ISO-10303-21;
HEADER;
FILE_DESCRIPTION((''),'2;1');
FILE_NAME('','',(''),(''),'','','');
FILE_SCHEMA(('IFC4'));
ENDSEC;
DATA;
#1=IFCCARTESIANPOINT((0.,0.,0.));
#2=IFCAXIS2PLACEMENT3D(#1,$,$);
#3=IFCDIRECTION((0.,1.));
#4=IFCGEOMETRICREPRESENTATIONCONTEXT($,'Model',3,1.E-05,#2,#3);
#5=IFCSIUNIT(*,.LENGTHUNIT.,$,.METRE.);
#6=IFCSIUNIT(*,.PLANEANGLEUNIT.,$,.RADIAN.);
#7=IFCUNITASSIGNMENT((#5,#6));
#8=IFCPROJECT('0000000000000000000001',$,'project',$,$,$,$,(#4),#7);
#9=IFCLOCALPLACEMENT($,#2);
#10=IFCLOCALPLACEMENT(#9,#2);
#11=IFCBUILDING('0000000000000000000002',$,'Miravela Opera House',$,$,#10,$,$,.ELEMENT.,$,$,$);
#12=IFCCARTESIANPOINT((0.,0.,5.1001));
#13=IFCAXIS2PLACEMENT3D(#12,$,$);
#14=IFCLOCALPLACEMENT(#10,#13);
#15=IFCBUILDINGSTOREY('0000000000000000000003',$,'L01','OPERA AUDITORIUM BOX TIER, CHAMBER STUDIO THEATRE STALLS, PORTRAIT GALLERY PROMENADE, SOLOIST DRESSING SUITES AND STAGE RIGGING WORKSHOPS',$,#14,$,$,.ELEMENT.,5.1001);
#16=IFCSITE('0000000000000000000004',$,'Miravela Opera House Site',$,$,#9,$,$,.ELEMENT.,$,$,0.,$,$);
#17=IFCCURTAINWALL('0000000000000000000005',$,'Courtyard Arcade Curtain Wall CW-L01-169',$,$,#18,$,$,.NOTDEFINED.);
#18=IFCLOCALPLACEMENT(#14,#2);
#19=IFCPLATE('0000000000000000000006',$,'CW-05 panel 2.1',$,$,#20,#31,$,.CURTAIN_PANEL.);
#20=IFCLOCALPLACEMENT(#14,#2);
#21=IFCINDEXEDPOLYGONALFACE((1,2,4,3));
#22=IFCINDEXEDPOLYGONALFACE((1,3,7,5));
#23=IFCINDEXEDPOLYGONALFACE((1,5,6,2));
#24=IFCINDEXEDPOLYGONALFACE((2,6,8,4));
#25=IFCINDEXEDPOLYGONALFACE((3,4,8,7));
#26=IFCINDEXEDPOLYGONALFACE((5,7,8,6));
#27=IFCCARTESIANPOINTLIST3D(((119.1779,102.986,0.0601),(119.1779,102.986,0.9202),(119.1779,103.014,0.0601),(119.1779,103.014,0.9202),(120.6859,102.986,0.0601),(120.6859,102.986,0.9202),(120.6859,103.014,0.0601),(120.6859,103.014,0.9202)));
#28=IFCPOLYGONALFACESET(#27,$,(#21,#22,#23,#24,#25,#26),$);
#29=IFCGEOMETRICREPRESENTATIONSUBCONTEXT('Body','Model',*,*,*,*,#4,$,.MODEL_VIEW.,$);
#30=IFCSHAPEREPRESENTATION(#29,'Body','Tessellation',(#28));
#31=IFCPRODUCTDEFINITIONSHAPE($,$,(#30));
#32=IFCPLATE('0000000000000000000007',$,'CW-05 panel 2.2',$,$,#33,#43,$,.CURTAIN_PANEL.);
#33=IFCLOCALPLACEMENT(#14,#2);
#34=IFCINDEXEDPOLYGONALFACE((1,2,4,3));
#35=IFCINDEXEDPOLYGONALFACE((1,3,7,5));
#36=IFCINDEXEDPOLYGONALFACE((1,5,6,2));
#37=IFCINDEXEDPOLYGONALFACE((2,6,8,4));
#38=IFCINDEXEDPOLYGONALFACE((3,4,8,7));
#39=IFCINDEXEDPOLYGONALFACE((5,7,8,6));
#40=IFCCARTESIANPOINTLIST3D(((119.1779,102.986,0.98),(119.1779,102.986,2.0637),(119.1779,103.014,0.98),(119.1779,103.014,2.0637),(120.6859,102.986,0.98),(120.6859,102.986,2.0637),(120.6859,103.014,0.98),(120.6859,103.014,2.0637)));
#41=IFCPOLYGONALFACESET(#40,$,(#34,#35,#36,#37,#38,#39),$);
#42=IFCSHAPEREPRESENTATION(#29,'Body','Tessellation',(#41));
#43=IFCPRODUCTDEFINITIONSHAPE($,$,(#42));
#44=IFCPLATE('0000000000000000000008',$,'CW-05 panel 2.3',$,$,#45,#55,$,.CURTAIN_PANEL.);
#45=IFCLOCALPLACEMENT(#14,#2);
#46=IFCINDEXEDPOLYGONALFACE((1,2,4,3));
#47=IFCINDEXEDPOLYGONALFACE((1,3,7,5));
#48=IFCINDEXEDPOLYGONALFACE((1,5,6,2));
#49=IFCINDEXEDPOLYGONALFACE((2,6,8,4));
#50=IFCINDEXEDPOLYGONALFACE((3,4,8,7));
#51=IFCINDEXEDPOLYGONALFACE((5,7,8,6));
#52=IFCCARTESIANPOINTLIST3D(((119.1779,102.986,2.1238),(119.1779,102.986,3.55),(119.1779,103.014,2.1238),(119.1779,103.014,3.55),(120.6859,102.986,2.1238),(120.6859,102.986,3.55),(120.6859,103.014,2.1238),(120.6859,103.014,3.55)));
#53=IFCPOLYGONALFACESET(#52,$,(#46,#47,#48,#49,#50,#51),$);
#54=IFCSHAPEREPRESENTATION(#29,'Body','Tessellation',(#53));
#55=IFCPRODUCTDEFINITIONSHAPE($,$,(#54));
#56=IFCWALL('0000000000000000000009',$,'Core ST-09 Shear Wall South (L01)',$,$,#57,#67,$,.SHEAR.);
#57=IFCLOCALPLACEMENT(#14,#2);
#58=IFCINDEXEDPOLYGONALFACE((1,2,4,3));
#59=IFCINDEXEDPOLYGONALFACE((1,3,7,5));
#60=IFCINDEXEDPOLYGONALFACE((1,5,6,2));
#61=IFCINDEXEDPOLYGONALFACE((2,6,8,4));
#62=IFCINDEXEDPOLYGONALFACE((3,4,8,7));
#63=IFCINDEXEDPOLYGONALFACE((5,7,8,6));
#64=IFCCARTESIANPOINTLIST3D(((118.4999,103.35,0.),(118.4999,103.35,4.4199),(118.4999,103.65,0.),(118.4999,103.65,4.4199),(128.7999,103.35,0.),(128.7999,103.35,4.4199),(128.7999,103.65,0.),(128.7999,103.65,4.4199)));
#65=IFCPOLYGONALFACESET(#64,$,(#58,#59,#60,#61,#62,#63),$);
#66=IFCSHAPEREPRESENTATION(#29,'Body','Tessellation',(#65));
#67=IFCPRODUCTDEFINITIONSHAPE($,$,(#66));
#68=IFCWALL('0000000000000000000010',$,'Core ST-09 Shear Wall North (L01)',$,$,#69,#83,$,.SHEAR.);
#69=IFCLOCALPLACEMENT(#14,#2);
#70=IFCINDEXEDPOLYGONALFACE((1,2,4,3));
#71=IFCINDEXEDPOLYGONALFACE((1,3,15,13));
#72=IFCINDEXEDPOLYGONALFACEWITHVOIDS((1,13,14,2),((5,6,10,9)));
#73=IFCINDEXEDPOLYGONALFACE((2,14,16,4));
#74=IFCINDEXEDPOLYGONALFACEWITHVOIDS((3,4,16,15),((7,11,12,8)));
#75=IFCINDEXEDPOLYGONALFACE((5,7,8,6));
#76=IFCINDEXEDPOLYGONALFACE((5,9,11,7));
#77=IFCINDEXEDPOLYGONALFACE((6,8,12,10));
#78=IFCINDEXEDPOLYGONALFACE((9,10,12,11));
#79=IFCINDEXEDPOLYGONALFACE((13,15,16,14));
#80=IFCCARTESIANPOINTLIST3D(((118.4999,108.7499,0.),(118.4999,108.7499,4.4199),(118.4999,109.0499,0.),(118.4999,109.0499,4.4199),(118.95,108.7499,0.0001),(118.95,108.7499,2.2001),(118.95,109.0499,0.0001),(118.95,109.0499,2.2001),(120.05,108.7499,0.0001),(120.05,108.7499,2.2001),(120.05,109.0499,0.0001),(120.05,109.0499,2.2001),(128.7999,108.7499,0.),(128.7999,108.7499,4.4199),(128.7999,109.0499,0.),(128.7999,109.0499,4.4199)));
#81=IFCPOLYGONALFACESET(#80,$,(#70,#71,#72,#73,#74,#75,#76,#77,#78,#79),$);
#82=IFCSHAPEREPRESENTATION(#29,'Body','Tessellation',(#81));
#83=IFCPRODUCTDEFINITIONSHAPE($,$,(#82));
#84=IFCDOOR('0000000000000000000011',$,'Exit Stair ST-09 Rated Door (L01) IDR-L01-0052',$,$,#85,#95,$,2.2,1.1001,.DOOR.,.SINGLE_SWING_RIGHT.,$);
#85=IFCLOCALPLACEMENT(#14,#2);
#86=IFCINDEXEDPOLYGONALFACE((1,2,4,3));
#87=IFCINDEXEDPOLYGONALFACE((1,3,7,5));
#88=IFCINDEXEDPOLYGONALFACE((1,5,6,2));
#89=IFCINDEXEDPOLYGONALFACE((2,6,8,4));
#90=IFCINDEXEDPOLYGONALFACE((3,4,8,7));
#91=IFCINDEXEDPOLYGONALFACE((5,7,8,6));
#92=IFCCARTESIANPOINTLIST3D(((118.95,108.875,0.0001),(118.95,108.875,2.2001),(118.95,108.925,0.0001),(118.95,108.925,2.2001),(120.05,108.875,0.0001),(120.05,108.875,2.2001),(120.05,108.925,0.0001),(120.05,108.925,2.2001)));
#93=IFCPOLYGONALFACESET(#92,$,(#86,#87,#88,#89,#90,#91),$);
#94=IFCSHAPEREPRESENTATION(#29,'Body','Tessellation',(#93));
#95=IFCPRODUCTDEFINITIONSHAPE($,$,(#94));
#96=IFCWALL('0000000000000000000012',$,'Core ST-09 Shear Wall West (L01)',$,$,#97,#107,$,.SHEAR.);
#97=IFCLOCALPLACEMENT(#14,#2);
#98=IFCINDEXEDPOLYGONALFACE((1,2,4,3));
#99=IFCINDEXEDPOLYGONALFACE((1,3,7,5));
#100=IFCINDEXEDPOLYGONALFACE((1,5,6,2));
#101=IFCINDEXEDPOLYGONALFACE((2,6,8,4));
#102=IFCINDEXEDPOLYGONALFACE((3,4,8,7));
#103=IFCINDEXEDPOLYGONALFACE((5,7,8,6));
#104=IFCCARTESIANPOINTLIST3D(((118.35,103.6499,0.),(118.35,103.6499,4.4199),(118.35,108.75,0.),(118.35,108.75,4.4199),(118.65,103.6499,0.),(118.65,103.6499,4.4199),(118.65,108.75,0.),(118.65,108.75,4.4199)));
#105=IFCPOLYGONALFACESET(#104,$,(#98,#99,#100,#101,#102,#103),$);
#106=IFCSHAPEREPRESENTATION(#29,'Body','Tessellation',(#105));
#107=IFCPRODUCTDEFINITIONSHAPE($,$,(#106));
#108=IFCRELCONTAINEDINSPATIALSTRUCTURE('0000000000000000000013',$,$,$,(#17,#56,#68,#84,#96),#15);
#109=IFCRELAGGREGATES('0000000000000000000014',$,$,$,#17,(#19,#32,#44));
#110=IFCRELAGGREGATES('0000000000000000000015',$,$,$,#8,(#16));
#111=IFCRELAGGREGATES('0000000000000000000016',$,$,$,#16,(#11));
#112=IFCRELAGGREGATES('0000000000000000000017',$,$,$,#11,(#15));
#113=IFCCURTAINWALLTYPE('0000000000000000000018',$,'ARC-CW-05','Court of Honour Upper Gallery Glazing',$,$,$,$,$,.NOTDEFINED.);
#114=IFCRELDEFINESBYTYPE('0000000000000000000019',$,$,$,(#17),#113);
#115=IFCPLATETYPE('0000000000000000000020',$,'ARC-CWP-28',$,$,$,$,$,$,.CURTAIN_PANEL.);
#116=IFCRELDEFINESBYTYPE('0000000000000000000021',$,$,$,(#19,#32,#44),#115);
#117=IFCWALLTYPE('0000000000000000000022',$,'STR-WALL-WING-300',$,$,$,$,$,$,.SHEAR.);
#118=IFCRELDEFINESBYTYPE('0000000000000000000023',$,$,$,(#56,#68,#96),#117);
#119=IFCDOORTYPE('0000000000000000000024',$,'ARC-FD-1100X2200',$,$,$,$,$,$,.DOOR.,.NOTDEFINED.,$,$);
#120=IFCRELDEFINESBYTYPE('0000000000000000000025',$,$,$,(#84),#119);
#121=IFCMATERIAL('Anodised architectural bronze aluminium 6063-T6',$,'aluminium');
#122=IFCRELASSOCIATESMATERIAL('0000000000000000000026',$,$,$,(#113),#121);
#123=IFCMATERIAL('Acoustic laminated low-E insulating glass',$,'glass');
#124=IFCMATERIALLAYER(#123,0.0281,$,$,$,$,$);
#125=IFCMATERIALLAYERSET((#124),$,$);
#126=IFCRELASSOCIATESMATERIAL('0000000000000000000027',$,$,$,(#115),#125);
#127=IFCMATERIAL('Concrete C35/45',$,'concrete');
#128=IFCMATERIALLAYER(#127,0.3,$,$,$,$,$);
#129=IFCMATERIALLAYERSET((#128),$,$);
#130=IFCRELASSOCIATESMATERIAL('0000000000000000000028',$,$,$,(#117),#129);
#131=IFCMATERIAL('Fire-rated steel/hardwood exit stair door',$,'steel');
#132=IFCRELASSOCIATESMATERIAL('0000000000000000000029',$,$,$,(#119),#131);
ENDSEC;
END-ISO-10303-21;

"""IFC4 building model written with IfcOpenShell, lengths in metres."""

from ifc_helpers import new_model, si_unit, direction, frame, frame_2d, origin, origin_2d, place, context, subcontext, project, spatial, rectangle, extrude, material, layer, layer_set, type_object, element, fill, aggregate, save


model = new_model("IFC4")

# Units and contexts
model_context = context("Model", 3, precision=1e-05, world=origin(), true_north=direction((0.0, 1.0)))
body_context = subcontext(model_context, "Body", "Model", "MODEL_VIEW")
ifc_project = project(units=[si_unit("LENGTHUNIT", "METRE"), si_unit("PLANEANGLEUNIT", "RADIAN")], contexts=[model_context])

# Site, building, storey
site_placement = place(None, origin())
site = spatial("IfcSite", under=ifc_project, at=site_placement, Name="Miravela Opera House Site", CompositionType="ELEMENT", RefElevation=0.0)
building_placement = place(site_placement, origin())
building = spatial("IfcBuilding", under=site, at=building_placement, Name="Miravela Opera House", CompositionType="ELEMENT")
storey_placement = place(building_placement, frame((0.0, 0.0, 5.1001)))
storey = spatial("IfcBuildingStorey", under=building, at=storey_placement, Name="L01", Description="OPERA AUDITORIUM BOX TIER, CHAMBER STUDIO THEATRE STALLS, PORTRAIT GALLERY PROMENADE, SOLOIST DRESSING SUITES AND STAGE RIGGING WORKSHOPS", CompositionType="ELEMENT", Elevation=5.1001)

# Curtain wall
ifc_material_1 = material(Name="Anodised architectural bronze aluminium 6063-T6", Category="aluminium")
curtain_wall_type = type_object("IfcCurtainWallType", Name="ARC-CW-05", Description="Court of Honour Upper Gallery Glazing", PredefinedType="NOTDEFINED", material=ifc_material_1)
curtain_wall_placement = place(storey_placement, origin())
curtain_wall = element("IfcCurtainWall", 1, at=curtain_wall_placement, inside=storey, type_object=curtain_wall_type, Name="Courtyard Arcade Curtain Wall CW-L01-169", PredefinedType="NOTDEFINED")

# Shared definitions
ifc_material_2 = material(Name="Concrete C35/45", Category="concrete")

# Plates
ifc_material_3 = material(Name="Acoustic laminated low-E insulating glass", Category="glass")
ifc_layer_1 = layer(ifc_material_3, 0.0281)
ifc_layer_set_1 = layer_set([ifc_layer_1])
plate_type = type_object("IfcPlateType", Name="ARC-CWP-28", PredefinedType="CURTAIN_PANEL", material=ifc_layer_set_1)
plate_1_placement = place(storey_placement, frame((119.9319, 103.0, 0.0601), z_axis=(0.0, 0.0, 1.0), x_axis=(1.0, 0.0, 0.0)))
plate_1 = element("IfcPlate", 2, at=plate_1_placement, type_object=plate_type, Name="CW-05 panel 2.1", PredefinedType="CURTAIN_PANEL", context=body_context, shape_type="SweptSolid", body=[
    extrude(rectangle(XDim=1.5081, YDim=0.0281, at=origin_2d()), origin(), (0.0, 0.0, 1.0), 0.8601),
])
plate_2_placement = place(storey_placement, frame((119.9319, 103.0, 0.98), z_axis=(0.0, 0.0, 1.0), x_axis=(1.0, 0.0, 0.0)))
plate_2 = element("IfcPlate", 3, at=plate_2_placement, type_object=plate_type, Name="CW-05 panel 2.2", PredefinedType="CURTAIN_PANEL", context=body_context, shape_type="SweptSolid", body=[
    extrude(rectangle(XDim=1.5081, YDim=0.0281, at=origin_2d()), origin(), (0.0, 0.0, 1.0), 1.0837),
])
plate_3_placement = place(storey_placement, frame((119.9319, 103.0, 2.1238), z_axis=(0.0, 0.0, 1.0), x_axis=(1.0, 0.0, 0.0)))
plate_3 = element("IfcPlate", 4, at=plate_3_placement, type_object=plate_type, Name="CW-05 panel 2.3", PredefinedType="CURTAIN_PANEL", context=body_context, shape_type="SweptSolid", body=[
    extrude(rectangle(XDim=1.5081, YDim=0.0281, at=origin_2d()), origin(), (0.0, 0.0, 1.0), 1.4263),
])
aggregate(curtain_wall, [plate_1, plate_2, plate_3])

# Wall
ifc_layer_2 = layer(ifc_material_2, 0.3)
ifc_layer_set_2 = layer_set([ifc_layer_2])
wall_type = type_object("IfcWallType", Name="STR-WALL-WING-300", PredefinedType="SHEAR", material=ifc_layer_set_2)
wall_1_placement = place(storey_placement, frame((118.5, 103.5, 0.0), z_axis=(0.0, 0.0, 1.0), x_axis=(1.0, 0.0, 0.0)))
element("IfcWall", 5, at=wall_1_placement, inside=storey, type_object=wall_type, Name="Core ST-09 Shear Wall South (L01)", PredefinedType="SHEAR", context=body_context, shape_type="SweptSolid", body=[
    extrude(rectangle(XDim=10.3, YDim=0.3, at=frame_2d((5.1499, 0.0))), origin(), (0.0, 0.0, 1.0), 4.4199),
])

# Wall, opening, door
wall_2_placement = place(storey_placement, frame((118.5, 108.8999, 0.0), z_axis=(0.0, 0.0, 1.0), x_axis=(1.0, 0.0, 0.0)))
wall_2 = element("IfcWall", 6, at=wall_2_placement, inside=storey, type_object=wall_type, Name="Core ST-09 Shear Wall North (L01)", PredefinedType="SHEAR", context=body_context, shape_type="SweptSolid", body=[
    extrude(rectangle(XDim=10.3, YDim=0.3, at=frame_2d((5.1499, 0.0))), origin(), (0.0, 0.0, 1.0), 4.4199),
])
opening_placement = place(wall_2_placement, frame((0.45, 0.0, 0.0)))
opening = element("IfcOpeningElement", 7, at=opening_placement, cuts=wall_2, PredefinedType="OPENING", context=body_context, shape_type="SweptSolid", body=[
    extrude(rectangle(XDim=1.1001, YDim=2.2, at=frame_2d((0.55, 1.1001))), frame((0.0, 0.1599, 0.0), z_axis=(0.0, -1.0, 0.0), x_axis=(1.0, 0.0, 0.0)), (0.0, 0.0, 1.0), 0.3201),
])
ifc_material_4 = material(Name="Fire-rated steel/hardwood exit stair door", Category="steel")
door_type = type_object("IfcDoorType", Name="ARC-FD-1100X2200", OperationType="NOTDEFINED", PredefinedType="DOOR", material=ifc_material_4)
door_placement = place(opening_placement, frame((1.1001, 0.0, 0.0), z_axis=(0.0, 0.0, 1.0), x_axis=(-1.0, 0.0, 0.0)))
door = element("IfcDoor", 8, at=door_placement, inside=storey, type_object=door_type, Name="Exit Stair ST-09 Rated Door (L01) IDR-L01-0052", OperationType="SINGLE_SWING_RIGHT", OverallHeight=2.2, OverallWidth=1.1001, PredefinedType="DOOR", context=body_context, shape_type="SweptSolid", body=[
    extrude(rectangle(XDim=1.1001, YDim=2.2, at=frame_2d((0.55, 1.1001))), frame((0.0, 0.0249, 0.0), z_axis=(0.0, -1.0, 0.0), x_axis=(1.0, 0.0, 0.0)), (0.0, 0.0, 1.0), 0.05),
])
fill(opening, door)

# Wall
wall_3_placement = place(storey_placement, frame((118.5, 103.6499, 0.0), z_axis=(0.0, 0.0, 1.0), x_axis=(0.0, 1.0, 0.0)))
element("IfcWall", 9, at=wall_3_placement, inside=storey, type_object=wall_type, Name="Core ST-09 Shear Wall West (L01)", PredefinedType="SHEAR", context=body_context, shape_type="SweptSolid", body=[
    extrude(rectangle(XDim=5.1001, YDim=0.3, at=frame_2d((2.55, 0.0))), origin(), (0.0, 0.0, 1.0), 4.4199),
])

save(model, "model.ifc")
